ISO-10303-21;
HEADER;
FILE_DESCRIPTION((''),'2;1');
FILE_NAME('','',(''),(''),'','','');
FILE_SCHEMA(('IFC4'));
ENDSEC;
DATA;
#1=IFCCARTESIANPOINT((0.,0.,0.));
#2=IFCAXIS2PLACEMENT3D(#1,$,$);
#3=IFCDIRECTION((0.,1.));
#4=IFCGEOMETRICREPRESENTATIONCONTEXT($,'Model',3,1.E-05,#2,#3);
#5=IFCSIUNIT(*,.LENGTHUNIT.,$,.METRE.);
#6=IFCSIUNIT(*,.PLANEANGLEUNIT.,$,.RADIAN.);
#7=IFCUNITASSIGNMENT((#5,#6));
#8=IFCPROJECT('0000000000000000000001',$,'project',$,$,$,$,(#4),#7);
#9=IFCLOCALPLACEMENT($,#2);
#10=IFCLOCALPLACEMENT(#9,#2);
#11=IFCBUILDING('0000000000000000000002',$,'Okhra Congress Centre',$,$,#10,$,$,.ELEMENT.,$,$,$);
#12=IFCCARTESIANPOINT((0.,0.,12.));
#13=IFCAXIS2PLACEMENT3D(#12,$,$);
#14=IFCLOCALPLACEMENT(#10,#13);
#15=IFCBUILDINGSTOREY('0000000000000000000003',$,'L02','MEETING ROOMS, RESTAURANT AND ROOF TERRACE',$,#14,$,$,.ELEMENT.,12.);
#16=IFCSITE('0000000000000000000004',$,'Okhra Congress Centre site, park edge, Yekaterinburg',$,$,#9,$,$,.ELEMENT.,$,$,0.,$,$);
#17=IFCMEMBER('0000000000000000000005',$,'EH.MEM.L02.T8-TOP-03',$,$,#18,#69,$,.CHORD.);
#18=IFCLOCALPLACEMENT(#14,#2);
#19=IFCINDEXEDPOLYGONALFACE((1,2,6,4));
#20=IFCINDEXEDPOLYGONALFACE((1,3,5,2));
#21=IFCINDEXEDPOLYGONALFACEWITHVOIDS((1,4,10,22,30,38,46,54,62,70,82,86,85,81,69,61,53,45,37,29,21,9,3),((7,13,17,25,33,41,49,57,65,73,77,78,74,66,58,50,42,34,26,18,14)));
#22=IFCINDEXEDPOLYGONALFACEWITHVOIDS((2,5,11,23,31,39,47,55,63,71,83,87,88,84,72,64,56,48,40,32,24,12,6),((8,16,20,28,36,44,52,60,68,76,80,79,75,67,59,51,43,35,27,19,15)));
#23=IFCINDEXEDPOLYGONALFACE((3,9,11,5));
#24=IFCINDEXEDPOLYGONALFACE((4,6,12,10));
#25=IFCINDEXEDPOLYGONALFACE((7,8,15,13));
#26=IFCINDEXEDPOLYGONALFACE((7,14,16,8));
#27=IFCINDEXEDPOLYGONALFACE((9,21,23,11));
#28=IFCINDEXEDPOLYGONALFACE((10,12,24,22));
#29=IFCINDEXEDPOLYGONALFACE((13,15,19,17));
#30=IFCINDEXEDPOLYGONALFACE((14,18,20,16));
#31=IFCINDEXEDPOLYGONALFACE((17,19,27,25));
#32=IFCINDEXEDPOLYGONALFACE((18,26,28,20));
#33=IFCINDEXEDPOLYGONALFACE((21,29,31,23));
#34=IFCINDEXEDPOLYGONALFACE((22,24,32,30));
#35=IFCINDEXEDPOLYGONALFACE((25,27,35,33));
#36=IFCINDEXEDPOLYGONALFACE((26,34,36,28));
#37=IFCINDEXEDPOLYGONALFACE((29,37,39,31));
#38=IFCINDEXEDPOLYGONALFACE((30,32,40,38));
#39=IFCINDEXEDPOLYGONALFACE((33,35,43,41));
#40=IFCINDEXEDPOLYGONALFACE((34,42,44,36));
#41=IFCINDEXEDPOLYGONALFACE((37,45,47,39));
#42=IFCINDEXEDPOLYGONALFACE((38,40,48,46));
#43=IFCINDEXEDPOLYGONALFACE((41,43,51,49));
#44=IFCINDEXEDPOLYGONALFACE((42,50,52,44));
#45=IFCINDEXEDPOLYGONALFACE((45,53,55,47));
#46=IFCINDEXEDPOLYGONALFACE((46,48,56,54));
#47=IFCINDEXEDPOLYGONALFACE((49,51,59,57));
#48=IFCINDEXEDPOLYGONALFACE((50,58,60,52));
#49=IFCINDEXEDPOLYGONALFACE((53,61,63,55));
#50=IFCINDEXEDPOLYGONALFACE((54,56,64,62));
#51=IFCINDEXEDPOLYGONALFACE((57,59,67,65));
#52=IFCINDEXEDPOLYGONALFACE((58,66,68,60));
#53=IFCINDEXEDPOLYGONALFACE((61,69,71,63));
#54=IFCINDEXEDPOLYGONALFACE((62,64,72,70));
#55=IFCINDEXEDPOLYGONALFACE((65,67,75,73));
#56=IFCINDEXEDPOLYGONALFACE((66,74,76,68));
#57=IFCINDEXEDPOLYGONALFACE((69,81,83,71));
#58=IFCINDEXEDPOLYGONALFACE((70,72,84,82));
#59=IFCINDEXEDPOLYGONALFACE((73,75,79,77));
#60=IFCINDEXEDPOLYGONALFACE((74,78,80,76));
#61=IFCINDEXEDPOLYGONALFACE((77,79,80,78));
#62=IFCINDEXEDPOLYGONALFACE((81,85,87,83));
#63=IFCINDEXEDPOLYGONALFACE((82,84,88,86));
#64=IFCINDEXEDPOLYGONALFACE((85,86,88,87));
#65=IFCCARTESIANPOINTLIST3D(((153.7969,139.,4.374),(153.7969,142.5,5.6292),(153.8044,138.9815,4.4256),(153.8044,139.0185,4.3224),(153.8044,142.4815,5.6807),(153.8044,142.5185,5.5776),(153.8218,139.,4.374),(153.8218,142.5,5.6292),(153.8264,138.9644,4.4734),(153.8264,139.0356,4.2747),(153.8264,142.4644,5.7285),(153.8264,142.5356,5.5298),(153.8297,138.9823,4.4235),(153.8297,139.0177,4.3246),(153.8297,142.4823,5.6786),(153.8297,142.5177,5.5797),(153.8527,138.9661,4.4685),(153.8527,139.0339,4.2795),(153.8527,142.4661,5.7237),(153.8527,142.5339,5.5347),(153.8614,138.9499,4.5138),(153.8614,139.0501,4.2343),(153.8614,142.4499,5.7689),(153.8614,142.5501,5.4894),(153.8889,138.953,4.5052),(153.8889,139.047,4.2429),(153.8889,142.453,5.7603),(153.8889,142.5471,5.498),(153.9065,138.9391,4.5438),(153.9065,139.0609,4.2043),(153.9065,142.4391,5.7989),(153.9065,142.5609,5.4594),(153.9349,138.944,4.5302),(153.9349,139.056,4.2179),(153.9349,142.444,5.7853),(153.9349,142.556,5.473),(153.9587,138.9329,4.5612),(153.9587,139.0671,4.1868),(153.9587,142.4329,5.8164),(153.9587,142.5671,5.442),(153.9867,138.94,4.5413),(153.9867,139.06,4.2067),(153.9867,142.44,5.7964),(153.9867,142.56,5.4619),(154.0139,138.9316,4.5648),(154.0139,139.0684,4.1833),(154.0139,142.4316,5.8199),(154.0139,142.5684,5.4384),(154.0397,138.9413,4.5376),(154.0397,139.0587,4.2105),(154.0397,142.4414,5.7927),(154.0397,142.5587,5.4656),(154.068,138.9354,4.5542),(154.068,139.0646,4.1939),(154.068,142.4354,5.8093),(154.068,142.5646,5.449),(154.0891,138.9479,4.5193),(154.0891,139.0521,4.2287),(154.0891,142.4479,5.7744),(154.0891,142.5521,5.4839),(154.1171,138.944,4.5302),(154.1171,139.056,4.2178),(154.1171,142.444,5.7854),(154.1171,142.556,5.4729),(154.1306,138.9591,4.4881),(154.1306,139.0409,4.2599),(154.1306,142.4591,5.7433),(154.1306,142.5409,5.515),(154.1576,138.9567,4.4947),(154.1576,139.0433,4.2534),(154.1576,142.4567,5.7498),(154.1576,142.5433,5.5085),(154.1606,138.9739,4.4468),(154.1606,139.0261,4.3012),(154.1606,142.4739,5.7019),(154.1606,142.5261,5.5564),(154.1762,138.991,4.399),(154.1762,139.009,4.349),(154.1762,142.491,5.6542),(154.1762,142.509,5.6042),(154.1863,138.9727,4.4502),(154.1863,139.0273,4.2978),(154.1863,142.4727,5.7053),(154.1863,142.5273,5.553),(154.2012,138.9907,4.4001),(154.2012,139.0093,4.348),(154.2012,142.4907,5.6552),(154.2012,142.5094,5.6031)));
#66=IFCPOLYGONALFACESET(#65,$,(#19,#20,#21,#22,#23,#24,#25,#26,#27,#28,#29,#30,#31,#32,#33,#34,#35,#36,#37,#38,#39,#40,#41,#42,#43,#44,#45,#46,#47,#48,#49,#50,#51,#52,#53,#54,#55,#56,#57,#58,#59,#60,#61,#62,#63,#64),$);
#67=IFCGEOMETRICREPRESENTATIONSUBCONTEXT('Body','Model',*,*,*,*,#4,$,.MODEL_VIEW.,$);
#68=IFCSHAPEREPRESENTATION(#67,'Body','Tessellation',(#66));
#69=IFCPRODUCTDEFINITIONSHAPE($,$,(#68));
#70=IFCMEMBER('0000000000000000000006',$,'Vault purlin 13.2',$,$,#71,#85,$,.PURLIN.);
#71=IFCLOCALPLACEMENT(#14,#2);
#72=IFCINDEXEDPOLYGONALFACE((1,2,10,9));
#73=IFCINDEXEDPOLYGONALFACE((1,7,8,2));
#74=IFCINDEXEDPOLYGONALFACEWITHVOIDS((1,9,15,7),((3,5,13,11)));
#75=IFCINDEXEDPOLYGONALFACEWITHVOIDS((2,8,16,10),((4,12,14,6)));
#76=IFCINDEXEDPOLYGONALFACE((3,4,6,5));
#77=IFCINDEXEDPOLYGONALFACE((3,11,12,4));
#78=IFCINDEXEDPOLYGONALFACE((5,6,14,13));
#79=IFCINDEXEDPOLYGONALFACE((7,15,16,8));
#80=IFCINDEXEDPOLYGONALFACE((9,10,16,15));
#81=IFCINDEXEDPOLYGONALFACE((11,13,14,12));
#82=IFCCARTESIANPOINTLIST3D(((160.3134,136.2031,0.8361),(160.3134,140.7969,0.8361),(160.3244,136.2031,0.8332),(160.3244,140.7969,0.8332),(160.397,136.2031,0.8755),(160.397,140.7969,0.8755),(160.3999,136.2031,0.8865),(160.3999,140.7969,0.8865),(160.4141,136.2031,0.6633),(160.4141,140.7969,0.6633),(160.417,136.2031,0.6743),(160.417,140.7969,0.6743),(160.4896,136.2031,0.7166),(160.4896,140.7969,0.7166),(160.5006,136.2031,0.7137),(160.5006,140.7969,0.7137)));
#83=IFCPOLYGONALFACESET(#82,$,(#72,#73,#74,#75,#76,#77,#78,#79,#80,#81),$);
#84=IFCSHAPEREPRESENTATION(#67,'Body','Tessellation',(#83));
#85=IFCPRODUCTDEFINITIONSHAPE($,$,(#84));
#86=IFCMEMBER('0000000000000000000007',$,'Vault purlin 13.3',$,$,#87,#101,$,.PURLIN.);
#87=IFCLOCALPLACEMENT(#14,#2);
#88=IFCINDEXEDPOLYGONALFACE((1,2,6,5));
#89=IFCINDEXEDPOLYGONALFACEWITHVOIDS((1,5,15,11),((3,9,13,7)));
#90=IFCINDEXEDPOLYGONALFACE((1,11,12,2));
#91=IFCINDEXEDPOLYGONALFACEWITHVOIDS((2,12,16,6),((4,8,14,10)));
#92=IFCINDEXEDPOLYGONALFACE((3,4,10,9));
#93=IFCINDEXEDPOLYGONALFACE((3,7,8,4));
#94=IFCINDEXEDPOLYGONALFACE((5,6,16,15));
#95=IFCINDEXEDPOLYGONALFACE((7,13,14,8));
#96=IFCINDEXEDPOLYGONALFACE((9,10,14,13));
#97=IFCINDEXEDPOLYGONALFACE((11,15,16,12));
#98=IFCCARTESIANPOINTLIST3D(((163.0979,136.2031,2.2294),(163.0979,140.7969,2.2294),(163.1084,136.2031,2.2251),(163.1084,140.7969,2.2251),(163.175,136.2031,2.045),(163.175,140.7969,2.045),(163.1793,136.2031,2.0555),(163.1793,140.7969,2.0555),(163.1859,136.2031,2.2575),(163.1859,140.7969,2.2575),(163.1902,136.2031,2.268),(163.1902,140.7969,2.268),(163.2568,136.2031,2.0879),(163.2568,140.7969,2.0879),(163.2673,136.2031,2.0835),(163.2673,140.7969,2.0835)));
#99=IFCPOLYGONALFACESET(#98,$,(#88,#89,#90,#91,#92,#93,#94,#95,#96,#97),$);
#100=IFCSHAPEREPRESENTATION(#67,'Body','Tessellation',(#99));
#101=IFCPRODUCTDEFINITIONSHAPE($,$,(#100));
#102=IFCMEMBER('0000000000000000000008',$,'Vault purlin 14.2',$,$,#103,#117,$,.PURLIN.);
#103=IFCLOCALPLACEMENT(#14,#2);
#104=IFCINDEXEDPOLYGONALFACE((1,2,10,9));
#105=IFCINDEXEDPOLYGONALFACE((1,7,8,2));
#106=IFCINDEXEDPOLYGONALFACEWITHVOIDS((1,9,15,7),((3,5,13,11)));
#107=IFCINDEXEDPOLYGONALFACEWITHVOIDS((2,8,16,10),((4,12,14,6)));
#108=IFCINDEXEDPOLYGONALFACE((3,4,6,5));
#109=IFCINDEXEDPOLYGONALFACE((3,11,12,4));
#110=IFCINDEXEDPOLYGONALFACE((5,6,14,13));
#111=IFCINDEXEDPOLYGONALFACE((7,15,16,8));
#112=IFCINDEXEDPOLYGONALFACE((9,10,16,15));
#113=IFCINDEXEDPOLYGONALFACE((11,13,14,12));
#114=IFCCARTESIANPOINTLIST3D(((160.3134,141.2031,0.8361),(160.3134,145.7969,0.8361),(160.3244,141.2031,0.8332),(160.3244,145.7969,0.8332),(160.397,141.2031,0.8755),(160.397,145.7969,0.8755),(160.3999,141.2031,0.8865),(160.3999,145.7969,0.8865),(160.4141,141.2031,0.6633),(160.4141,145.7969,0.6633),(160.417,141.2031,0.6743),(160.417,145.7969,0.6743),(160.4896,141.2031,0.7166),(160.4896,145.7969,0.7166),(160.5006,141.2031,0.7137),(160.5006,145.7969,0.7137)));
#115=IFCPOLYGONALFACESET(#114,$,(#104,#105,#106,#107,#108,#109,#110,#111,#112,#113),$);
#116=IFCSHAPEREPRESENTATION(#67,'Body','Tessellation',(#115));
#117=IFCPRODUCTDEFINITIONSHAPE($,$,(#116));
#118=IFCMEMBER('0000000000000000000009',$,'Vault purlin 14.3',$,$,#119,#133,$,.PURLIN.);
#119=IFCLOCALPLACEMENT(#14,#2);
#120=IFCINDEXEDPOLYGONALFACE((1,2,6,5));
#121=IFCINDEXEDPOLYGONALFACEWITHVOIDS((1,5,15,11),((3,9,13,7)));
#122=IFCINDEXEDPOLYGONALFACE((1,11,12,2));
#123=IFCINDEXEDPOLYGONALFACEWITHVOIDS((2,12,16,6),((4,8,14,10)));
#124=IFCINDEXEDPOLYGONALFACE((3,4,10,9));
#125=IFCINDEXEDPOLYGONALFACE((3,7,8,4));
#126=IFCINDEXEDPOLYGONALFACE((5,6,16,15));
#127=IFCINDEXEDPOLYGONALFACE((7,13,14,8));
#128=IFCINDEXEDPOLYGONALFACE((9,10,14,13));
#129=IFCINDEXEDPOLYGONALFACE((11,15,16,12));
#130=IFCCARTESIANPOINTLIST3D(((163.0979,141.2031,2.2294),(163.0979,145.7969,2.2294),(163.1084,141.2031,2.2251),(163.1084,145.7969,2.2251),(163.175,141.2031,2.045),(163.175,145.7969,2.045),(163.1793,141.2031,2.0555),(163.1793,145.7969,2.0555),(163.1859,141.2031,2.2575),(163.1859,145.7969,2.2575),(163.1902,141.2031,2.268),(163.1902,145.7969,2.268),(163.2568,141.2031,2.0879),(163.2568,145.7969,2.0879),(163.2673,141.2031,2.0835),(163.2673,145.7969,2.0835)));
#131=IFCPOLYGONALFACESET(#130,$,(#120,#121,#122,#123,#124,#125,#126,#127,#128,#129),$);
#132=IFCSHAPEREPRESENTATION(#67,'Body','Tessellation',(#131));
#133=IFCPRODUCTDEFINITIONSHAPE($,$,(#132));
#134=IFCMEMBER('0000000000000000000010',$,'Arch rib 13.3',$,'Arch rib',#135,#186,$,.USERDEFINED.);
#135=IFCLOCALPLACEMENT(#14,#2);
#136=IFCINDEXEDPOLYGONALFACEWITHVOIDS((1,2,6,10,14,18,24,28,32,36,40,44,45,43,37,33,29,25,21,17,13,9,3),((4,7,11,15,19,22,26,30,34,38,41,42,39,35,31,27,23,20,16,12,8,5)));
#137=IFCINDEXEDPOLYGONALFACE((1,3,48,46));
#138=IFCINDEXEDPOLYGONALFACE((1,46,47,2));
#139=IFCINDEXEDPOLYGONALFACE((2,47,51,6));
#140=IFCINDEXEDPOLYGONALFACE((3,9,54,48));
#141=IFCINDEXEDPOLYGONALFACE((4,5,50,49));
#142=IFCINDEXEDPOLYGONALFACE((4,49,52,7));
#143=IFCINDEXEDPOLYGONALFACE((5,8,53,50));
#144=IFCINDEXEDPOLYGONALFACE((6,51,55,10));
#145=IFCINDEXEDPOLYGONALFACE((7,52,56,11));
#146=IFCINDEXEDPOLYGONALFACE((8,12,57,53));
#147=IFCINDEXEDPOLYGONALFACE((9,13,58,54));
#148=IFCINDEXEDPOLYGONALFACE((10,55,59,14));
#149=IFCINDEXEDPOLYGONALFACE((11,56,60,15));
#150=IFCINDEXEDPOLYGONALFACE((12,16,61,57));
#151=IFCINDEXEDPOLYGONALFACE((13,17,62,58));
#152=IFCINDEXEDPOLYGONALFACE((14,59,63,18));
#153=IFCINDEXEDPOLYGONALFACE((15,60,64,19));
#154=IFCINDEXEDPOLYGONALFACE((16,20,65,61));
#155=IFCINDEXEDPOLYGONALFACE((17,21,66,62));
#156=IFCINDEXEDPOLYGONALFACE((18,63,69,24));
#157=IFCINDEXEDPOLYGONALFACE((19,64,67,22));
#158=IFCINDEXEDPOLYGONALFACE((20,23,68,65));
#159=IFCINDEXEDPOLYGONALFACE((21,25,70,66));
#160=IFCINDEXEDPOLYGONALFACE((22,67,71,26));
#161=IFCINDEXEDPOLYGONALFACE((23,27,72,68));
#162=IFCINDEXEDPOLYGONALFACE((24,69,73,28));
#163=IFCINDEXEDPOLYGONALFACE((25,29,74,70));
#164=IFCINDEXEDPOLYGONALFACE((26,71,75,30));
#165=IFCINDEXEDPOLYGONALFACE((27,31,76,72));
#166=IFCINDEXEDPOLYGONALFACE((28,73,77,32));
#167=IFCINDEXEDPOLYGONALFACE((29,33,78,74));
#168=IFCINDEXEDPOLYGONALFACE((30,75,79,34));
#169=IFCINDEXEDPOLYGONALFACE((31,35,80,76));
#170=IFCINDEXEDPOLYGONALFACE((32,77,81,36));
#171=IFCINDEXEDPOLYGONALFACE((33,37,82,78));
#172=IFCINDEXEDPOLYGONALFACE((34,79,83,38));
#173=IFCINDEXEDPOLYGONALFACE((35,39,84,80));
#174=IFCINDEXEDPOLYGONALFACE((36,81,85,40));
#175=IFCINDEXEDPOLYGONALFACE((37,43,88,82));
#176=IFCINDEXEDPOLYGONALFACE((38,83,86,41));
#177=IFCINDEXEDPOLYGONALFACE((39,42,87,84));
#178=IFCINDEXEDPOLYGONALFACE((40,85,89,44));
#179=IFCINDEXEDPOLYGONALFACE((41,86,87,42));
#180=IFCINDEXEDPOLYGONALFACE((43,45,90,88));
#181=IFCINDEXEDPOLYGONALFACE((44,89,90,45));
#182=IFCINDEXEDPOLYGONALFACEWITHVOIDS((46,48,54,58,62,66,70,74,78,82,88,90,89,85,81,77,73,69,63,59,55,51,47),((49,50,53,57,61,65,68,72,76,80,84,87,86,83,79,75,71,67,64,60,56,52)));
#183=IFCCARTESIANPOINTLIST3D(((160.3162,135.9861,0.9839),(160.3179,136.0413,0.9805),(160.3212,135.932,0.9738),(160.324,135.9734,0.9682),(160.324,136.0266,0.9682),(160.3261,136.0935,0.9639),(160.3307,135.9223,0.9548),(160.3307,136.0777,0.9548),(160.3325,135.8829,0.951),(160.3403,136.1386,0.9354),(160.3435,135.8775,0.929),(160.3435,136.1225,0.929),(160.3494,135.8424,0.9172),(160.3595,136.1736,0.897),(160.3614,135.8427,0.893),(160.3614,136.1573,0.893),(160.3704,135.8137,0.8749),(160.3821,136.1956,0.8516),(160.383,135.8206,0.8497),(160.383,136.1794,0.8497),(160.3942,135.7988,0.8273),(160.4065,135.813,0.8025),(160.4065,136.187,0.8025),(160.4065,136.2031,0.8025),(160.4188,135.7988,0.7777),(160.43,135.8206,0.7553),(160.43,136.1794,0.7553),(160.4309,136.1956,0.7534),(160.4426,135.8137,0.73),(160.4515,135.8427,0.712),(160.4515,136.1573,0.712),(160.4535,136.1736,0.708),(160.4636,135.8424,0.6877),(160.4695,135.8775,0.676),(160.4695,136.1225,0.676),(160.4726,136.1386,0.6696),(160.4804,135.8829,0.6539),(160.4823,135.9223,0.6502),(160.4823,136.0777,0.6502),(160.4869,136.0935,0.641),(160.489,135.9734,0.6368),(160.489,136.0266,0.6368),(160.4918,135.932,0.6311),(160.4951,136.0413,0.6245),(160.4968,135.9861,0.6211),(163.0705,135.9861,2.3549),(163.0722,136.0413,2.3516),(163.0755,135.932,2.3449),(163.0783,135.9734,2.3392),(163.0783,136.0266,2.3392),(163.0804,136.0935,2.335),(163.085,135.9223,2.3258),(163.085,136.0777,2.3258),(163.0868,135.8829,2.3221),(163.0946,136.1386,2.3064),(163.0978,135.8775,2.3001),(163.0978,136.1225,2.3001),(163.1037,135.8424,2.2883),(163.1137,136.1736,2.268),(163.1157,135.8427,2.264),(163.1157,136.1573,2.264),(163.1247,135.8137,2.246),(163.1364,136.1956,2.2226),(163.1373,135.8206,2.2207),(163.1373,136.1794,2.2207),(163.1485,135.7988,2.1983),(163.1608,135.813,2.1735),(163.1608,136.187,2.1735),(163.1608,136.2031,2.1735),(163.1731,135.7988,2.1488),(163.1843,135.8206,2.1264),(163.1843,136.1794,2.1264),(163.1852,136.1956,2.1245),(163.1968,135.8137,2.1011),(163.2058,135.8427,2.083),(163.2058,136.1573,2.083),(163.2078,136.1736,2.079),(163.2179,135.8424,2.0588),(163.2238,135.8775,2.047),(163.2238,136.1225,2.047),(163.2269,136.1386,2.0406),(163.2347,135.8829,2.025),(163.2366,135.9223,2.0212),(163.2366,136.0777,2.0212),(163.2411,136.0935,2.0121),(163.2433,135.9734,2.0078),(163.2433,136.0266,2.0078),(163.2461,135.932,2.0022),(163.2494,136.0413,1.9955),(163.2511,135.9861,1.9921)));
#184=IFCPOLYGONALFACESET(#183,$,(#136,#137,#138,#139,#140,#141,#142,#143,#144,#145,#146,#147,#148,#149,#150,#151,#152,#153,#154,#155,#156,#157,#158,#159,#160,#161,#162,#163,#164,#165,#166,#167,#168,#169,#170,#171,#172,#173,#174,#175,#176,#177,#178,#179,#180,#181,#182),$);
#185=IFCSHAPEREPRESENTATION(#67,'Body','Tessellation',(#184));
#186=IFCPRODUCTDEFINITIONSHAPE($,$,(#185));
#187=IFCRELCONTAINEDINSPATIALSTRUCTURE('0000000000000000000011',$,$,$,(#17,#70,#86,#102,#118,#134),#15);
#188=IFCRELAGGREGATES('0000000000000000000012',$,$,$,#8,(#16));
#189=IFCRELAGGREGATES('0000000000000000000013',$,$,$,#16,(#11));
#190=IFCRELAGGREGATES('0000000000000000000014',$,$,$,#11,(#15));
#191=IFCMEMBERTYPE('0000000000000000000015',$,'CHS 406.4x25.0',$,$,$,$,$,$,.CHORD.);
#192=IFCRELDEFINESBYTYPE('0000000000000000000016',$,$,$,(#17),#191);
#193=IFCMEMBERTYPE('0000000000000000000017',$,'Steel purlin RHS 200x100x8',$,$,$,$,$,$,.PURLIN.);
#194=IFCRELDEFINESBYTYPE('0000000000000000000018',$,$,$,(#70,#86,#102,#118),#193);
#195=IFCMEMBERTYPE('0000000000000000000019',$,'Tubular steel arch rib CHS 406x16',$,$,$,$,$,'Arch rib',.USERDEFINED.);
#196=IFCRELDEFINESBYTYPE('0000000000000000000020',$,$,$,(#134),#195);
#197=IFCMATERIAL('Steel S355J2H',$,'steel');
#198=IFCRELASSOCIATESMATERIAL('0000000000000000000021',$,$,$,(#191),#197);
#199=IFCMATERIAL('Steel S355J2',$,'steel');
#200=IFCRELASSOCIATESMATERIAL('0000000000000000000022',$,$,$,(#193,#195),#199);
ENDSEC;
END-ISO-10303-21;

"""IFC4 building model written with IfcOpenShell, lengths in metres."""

from ifc_helpers import new_model, si_unit, direction, frame, origin, origin_2d, place, context, subcontext, project, spatial, hollow_rectangle, hollow_circle, extrude, material, material_profile, profile_set, type_object, element, save


model = new_model("IFC4")

# Units and contexts
model_context = context("Model", 3, precision=1e-05, world=origin(), true_north=direction((0.0, 1.0)))
body_context = subcontext(model_context, "Body", "Model", "MODEL_VIEW")
ifc_project = project(units=[si_unit("LENGTHUNIT", "METRE"), si_unit("PLANEANGLEUNIT", "RADIAN")], contexts=[model_context])

# Site, building, storey
site_placement = place(None, origin())
site = spatial("IfcSite", under=ifc_project, at=site_placement, Name="Okhra Congress Centre site, park edge, Yekaterinburg", CompositionType="ELEMENT", RefElevation=0.0)
building_placement = place(site_placement, origin())
building = spatial("IfcBuilding", under=site, at=building_placement, Name="Okhra Congress Centre", CompositionType="ELEMENT")
storey_placement = place(building_placement, frame((0.0, 0.0, 12.0)))
storey = spatial("IfcBuildingStorey", under=building, at=storey_placement, Name="L02", Description="MEETING ROOMS, RESTAURANT AND ROOF TERRACE", CompositionType="ELEMENT", Elevation=12.0)

# Members
ifc_material_1 = material(Name="Steel S355J2H", Category="steel")
ifc_material_profile_1 = material_profile(ifc_material_1, hollow_circle(Radius=0.2031, WallThickness=0.0249, at=origin_2d()), Name="CHS 406.4x25.0")
ifc_profile_set_1 = profile_set([ifc_material_profile_1], Name="Steel S355J2H")
member_type_1 = type_object("IfcMemberType", Name="CHS 406.4x25.0", PredefinedType="CHORD", material=ifc_profile_set_1)
member_1_placement = place(storey_placement, frame((154.0, 139.0, 4.374), z_axis=(0.0, 0.941304, 0.337559), x_axis=(-1.0, 0.0, 0.0)))
element("IfcMember", 1, at=member_1_placement, inside=storey, type_object=member_type_1, Name="EH.MEM.L02.T8-TOP-03", PredefinedType="CHORD", context=body_context, shape_type="SweptSolid", body=[
    extrude(hollow_circle(Radius=0.2031, WallThickness=0.0249, at=origin_2d()), origin(), (0.0, 0.0, 1.0), 3.7183),
])
ifc_material_2 = material(Name="Steel S355J2", Category="steel")
ifc_material_profile_2 = material_profile(ifc_material_2, hollow_rectangle(XDim=0.1001, YDim=0.2, WallThickness=0.0081, at=origin_2d()), Name="RHS 200x100x8")
ifc_profile_set_2 = profile_set([ifc_material_profile_2], Name="Steel S355J2")
member_type_2 = type_object("IfcMemberType", Name="Steel purlin RHS 200x100x8", PredefinedType="PURLIN", material=ifc_profile_set_2)
for number, where, z_axis, x_axis, name in (
    (2, (160.407, 136.2031, 0.7749), (0.0, 1.0, 0.0), (-0.863917, 0.0, -0.503634), "Vault purlin 13.2"),
    (3, (163.1826, 136.2031, 2.1565), (0.0, 1.0, 0.0), (-0.922669, 0.0, -0.385593), "Vault purlin 13.3"),
    (4, (160.407, 141.2031, 0.7749), (0.0, 1.0, 0.0), (-0.863917, 0.0, -0.503634), "Vault purlin 14.2"),
    (5, (163.1826, 141.2031, 2.1565), (0.0, 1.0, 0.0), (-0.922669, 0.0, -0.385593), "Vault purlin 14.3"),
):
    element("IfcMember", number, at=place(storey_placement, frame(where, z_axis=z_axis, x_axis=x_axis)), inside=storey, type_object=member_type_2, Name=name, PredefinedType="PURLIN", context=body_context, shape_type="SweptSolid", body=[
        extrude(hollow_rectangle(XDim=0.1001, YDim=0.2, WallThickness=0.0081, at=origin_2d()), origin(), (0.0, 0.0, 1.0), 4.5938),
    ])
ifc_material_profile_3 = material_profile(ifc_material_2, hollow_circle(Radius=0.2031, WallThickness=0.0161, at=origin_2d()), Name="CHS 406.4x16")
ifc_profile_set_3 = profile_set([ifc_material_profile_3], Name="Steel S355J2")
member_type_3 = type_object("IfcMemberType", Name="Tubular steel arch rib CHS 406x16", ElementType="Arch rib", PredefinedType="USERDEFINED", material=ifc_profile_set_3)
for number, where, z_axis, x_axis, name in (
    (6, (160.4065, 136.0, 0.8025), (0.895219, 0.0, 0.445626), (0.0, 1.0, 0.0), "Arch rib 13.3"),
):
    element("IfcMember", number, at=place(storey_placement, frame(where, z_axis=z_axis, x_axis=x_axis)), inside=storey, type_object=member_type_3, Name=name, ObjectType="Arch rib", PredefinedType="USERDEFINED", context=body_context, shape_type="SweptSolid", body=[
        extrude(hollow_circle(Radius=0.2031, WallThickness=0.0161, at=origin_2d()), origin(), (0.0, 0.0, 1.0), 3.0767),
    ])

save(model, "model.ifc")
